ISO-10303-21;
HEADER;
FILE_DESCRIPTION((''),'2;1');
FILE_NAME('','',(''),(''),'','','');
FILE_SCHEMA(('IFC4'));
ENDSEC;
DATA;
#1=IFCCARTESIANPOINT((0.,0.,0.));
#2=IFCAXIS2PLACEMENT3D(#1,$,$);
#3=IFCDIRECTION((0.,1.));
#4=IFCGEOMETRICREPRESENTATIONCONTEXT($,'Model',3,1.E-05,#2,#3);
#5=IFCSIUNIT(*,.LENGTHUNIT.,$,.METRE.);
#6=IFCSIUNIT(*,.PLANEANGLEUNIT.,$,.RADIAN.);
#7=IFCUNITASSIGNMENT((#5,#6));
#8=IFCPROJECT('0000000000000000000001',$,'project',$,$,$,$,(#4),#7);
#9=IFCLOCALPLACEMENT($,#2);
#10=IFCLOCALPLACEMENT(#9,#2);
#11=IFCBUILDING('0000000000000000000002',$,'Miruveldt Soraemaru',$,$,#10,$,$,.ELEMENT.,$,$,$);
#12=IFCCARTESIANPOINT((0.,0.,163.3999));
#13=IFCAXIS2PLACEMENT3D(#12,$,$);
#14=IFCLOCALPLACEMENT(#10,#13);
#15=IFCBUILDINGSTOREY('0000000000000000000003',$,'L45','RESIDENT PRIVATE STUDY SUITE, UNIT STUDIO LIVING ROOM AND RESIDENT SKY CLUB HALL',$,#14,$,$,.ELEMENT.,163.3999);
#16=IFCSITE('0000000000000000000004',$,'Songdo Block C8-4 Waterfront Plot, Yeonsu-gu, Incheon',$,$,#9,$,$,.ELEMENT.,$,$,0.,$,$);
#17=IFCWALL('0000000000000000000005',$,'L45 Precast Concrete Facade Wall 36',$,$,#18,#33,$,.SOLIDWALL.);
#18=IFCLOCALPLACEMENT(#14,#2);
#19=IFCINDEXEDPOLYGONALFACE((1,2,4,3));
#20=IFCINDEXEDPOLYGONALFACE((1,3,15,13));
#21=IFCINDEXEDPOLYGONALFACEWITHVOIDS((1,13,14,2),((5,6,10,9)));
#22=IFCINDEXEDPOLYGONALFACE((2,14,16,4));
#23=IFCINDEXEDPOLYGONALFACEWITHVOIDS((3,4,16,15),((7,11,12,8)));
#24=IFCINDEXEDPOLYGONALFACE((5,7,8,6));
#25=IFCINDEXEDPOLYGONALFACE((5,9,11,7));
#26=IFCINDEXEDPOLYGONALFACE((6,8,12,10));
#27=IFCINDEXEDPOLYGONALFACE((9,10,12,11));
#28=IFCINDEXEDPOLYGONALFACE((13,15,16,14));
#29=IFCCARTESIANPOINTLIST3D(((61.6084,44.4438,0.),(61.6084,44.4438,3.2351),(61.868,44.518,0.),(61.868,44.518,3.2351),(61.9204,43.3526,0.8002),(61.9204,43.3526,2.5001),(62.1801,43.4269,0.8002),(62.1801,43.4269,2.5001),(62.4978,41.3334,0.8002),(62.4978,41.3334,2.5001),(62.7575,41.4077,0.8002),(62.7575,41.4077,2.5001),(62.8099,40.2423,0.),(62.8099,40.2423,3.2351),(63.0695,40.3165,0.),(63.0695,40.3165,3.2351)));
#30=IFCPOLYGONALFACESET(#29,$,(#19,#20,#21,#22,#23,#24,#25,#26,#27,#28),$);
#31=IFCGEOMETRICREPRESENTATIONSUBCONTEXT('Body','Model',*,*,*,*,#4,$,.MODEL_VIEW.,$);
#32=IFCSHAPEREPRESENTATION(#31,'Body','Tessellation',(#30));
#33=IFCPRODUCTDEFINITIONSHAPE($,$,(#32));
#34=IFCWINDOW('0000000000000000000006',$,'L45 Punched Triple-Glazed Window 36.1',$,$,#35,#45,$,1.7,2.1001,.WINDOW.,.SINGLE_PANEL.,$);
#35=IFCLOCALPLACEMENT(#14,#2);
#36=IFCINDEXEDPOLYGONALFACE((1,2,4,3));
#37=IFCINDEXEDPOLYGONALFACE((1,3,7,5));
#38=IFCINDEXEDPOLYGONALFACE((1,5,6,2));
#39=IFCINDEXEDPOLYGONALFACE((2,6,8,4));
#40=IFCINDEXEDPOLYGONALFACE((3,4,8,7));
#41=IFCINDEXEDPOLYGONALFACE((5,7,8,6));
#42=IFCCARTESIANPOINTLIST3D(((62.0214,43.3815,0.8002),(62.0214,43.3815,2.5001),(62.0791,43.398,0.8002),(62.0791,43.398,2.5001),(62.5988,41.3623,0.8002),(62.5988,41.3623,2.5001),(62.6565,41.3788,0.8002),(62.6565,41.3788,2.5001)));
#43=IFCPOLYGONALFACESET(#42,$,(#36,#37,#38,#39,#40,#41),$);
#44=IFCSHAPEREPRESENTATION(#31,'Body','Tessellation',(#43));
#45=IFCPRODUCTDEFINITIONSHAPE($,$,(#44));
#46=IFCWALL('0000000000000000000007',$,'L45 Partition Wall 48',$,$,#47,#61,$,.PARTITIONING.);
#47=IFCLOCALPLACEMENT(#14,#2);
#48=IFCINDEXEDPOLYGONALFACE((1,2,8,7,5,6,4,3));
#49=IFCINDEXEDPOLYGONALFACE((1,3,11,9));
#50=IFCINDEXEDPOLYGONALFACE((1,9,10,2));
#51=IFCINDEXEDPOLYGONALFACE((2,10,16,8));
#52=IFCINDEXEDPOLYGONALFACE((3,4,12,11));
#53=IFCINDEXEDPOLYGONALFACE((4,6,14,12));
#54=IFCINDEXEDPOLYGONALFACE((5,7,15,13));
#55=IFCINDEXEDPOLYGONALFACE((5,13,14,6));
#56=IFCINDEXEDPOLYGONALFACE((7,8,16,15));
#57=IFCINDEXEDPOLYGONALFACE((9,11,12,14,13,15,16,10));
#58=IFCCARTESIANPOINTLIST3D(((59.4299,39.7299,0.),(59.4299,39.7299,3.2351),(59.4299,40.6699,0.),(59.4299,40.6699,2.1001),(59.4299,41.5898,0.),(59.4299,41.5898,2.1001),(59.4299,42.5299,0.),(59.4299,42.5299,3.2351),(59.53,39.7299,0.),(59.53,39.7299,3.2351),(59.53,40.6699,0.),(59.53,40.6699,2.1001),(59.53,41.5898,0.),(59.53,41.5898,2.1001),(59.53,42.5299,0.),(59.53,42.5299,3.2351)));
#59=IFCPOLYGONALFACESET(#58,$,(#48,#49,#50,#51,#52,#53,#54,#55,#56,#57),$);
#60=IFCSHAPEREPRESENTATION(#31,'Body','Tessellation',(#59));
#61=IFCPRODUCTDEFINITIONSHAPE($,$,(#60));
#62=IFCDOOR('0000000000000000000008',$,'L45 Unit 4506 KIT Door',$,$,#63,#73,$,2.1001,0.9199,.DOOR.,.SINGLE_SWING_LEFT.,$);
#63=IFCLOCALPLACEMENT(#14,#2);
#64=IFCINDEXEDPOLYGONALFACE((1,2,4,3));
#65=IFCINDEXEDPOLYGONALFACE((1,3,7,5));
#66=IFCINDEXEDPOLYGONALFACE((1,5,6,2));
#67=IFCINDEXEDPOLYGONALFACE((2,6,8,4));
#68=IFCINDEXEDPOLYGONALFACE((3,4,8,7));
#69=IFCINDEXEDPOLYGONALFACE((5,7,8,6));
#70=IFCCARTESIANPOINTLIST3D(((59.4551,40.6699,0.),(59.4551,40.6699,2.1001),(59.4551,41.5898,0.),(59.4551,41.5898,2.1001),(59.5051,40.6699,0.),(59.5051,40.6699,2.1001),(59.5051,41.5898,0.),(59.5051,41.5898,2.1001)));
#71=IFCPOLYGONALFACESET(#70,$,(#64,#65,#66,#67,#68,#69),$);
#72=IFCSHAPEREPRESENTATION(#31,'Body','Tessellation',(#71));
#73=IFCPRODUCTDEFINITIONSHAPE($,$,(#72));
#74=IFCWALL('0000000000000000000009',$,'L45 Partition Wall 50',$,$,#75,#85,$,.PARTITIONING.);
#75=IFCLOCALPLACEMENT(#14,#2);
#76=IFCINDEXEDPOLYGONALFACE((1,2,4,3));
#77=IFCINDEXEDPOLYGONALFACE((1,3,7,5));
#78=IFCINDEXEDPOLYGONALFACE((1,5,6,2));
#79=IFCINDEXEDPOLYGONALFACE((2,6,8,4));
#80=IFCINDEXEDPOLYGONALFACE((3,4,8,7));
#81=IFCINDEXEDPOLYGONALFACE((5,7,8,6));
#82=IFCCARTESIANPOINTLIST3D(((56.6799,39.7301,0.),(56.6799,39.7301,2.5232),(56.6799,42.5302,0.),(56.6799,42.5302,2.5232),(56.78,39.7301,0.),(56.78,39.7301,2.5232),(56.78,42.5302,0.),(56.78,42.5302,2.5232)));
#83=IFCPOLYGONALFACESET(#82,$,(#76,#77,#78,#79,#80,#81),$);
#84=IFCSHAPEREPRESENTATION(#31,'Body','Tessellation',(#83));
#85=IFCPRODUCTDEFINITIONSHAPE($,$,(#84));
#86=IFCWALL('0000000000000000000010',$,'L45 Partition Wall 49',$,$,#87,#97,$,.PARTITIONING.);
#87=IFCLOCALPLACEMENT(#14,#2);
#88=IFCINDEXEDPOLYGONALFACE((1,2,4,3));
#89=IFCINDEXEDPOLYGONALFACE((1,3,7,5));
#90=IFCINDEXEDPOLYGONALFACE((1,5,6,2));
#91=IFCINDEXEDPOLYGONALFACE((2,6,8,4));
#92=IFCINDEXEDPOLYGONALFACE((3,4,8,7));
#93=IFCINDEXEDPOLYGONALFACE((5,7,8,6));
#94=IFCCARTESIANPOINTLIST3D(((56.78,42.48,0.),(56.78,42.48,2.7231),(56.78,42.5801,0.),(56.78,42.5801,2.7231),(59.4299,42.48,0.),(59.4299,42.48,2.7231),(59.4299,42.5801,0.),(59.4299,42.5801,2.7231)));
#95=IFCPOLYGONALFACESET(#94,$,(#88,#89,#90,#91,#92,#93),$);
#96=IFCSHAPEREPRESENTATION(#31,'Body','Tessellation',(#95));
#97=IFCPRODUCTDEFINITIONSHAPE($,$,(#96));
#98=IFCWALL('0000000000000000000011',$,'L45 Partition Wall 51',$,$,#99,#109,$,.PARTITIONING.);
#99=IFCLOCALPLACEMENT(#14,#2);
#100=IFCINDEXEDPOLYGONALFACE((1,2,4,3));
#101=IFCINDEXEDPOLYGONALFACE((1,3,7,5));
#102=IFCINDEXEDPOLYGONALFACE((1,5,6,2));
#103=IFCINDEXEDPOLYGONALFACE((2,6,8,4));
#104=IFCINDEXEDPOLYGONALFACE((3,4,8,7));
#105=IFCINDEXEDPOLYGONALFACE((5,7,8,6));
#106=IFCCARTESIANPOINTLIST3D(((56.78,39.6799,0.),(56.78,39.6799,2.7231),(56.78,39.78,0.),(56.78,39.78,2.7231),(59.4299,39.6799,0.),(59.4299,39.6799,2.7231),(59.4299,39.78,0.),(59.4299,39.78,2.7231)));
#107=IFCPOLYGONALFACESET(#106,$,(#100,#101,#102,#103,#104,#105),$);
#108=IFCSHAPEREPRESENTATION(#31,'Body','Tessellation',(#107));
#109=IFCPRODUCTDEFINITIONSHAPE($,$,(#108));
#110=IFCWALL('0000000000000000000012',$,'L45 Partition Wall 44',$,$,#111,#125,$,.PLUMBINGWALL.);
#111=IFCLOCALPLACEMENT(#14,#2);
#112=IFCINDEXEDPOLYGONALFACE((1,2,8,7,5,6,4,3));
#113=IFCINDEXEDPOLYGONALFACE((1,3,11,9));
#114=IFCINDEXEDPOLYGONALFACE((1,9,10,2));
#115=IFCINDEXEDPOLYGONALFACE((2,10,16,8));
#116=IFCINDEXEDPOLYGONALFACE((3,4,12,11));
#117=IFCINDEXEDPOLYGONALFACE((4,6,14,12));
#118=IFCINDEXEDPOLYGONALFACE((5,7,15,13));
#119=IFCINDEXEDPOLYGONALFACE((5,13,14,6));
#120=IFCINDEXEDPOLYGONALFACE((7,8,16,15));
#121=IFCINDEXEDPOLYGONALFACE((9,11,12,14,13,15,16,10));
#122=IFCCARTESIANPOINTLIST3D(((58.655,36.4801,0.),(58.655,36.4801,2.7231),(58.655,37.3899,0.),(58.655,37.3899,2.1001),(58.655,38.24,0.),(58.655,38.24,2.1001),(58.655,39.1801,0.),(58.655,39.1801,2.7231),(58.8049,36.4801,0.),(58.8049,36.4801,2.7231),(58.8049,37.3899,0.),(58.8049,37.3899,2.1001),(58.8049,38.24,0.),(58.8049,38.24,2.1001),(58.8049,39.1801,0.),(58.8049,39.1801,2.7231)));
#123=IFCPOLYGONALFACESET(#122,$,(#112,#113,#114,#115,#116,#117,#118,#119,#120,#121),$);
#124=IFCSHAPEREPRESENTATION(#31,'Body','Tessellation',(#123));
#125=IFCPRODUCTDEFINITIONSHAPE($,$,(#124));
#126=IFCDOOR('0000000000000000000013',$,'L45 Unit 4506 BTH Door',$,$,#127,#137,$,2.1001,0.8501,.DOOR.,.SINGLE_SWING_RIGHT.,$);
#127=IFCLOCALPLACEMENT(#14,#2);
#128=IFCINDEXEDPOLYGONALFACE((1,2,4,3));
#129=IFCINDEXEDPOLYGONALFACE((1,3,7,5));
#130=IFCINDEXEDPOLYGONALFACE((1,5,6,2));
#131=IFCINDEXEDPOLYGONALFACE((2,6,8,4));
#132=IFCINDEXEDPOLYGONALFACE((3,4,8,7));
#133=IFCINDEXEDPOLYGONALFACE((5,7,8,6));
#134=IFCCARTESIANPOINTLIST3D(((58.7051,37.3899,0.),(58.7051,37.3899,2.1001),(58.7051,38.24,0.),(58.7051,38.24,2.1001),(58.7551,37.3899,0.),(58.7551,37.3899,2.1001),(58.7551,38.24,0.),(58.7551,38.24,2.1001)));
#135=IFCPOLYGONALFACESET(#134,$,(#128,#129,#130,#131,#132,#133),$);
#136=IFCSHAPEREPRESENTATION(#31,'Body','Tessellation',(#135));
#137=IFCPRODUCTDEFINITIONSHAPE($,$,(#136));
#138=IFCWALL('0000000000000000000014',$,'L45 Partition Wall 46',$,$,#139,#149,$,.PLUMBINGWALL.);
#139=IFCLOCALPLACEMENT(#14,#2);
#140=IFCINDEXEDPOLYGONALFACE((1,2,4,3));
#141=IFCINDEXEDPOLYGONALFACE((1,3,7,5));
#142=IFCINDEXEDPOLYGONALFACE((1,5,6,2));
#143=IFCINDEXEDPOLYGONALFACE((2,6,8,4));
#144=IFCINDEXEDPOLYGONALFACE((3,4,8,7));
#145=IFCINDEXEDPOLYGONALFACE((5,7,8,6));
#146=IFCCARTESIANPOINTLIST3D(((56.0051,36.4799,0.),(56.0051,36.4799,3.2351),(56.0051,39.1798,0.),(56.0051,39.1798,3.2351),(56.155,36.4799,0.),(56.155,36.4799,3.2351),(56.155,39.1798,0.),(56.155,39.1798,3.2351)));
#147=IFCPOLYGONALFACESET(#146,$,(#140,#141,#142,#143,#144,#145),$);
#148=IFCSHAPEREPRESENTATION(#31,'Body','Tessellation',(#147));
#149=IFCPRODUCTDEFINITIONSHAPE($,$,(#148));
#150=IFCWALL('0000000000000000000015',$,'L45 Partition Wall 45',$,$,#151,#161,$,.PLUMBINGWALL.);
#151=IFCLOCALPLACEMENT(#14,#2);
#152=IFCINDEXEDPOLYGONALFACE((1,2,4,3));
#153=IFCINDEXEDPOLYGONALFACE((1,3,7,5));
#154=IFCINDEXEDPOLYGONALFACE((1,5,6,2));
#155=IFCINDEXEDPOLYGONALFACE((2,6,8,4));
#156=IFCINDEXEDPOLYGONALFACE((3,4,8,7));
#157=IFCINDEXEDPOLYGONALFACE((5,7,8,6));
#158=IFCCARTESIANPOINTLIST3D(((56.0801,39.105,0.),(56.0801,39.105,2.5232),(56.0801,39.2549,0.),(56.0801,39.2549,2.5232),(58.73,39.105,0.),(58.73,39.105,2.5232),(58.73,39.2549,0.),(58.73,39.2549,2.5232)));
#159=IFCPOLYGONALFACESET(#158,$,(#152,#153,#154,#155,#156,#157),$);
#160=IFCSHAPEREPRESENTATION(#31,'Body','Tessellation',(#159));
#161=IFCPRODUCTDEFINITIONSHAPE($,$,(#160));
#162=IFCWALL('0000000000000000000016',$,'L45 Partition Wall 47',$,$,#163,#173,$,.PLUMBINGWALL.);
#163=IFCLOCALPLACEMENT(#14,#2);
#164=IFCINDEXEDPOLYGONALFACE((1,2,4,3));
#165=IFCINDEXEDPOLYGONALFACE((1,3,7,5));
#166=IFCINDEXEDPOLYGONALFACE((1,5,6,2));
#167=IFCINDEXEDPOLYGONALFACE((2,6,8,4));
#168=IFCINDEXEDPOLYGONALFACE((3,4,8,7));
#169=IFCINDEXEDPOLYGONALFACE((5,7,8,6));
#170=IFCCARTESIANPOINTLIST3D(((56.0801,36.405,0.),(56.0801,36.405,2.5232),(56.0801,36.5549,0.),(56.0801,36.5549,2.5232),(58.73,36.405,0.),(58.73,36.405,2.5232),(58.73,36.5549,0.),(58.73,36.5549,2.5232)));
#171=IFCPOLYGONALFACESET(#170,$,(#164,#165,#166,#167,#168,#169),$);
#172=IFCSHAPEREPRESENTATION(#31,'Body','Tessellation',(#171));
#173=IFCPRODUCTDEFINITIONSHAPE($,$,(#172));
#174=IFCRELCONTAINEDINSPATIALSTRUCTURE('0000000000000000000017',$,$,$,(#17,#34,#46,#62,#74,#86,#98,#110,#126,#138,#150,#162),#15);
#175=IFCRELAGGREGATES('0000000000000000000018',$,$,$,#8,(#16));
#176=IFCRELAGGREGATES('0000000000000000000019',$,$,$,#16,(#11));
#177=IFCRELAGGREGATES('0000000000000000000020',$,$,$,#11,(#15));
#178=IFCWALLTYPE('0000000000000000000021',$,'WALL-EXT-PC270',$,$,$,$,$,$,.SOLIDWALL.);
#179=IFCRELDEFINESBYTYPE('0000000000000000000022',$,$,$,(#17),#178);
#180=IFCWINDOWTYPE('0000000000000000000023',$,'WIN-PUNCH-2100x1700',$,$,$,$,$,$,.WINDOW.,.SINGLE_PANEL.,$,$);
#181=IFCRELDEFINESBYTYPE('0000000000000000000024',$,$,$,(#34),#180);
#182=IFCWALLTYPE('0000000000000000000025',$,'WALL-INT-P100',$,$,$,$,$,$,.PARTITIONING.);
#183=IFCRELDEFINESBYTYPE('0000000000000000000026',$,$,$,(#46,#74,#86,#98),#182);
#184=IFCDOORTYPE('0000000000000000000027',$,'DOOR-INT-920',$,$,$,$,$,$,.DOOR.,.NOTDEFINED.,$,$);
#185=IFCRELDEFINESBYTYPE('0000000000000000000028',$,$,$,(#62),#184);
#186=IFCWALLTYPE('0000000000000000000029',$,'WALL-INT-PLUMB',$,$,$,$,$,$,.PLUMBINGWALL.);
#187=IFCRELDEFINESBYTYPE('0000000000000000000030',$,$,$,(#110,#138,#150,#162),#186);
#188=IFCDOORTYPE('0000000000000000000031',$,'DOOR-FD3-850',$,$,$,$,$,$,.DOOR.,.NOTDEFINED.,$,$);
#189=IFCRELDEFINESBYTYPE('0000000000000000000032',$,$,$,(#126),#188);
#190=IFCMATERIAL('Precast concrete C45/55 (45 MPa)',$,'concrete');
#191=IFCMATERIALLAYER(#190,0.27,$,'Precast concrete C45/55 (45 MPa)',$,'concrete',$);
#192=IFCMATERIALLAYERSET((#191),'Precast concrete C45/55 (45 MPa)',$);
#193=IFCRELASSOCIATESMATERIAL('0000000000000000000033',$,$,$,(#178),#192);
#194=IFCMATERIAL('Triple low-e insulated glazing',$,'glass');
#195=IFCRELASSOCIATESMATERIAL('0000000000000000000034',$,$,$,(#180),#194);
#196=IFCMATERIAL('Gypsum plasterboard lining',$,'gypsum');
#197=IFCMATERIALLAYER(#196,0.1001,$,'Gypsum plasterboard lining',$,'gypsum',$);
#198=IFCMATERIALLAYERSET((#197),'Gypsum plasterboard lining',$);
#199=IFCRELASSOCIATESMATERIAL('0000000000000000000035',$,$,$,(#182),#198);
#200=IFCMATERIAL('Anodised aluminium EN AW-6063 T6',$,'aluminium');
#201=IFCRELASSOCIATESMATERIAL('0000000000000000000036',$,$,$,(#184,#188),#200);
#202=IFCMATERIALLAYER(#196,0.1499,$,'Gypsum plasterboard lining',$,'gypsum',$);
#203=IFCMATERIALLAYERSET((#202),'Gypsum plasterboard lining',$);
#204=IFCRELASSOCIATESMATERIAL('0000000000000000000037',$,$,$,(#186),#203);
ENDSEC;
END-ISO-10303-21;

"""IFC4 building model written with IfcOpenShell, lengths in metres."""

from ifc_helpers import new_model, si_unit, direction, frame, frame_2d, origin, place, context, subcontext, project, spatial, rectangle, extrude, material, layer, layer_set, type_object, element, fill, save


model = new_model("IFC4")

# Units and contexts
model_context = context("Model", 3, precision=1e-05, world=origin(), true_north=direction((0.0, 1.0)))
body_context = subcontext(model_context, "Body", "Model", "MODEL_VIEW")
ifc_project = project(units=[si_unit("LENGTHUNIT", "METRE"), si_unit("PLANEANGLEUNIT", "RADIAN")], contexts=[model_context])

# Site, building, storey
site_placement = place(None, origin())
site = spatial("IfcSite", under=ifc_project, at=site_placement, Name="Songdo Block C8-4 Waterfront Plot, Yeonsu-gu, Incheon", CompositionType="ELEMENT", RefElevation=0.0)
building_placement = place(site_placement, origin())
building = spatial("IfcBuilding", under=site, at=building_placement, Name="Miruveldt Soraemaru", CompositionType="ELEMENT")
storey_placement = place(building_placement, frame((0.0, 0.0, 163.3999)))
storey = spatial("IfcBuildingStorey", under=building, at=storey_placement, Name="L45", Description="RESIDENT PRIVATE STUDY SUITE, UNIT STUDIO LIVING ROOM AND RESIDENT SKY CLUB HALL", CompositionType="ELEMENT", Elevation=163.3999)

# Wall, opening, window
ifc_material_1 = material(Name="Precast concrete C45/55 (45 MPa)", Category="concrete")
ifc_layer_1 = layer(ifc_material_1, 0.27, Name="Precast concrete C45/55 (45 MPa)", Category="concrete")
ifc_layer_set_1 = layer_set([ifc_layer_1], Name="Precast concrete C45/55 (45 MPa)")
wall_type_1 = type_object("IfcWallType", Name="WALL-EXT-PC270", PredefinedType="SOLIDWALL", material=ifc_layer_set_1)
ifc_material_2 = material(Name="Triple low-e insulated glazing", Category="glass")
window_type = type_object("IfcWindowType", Name="WIN-PUNCH-2100x1700", PartitioningType="SINGLE_PANEL", PredefinedType="WINDOW", material=ifc_material_2)
wall_1_placement = place(storey_placement, frame((62.9397, 40.2793, 0.0), z_axis=(0.0, 0.0, 1.0), x_axis=(-0.274935, 0.961463, 0.0)))
wall_1 = element("IfcWall", 1, at=wall_1_placement, inside=storey, type_object=wall_type_1, Name="L45 Precast Concrete Facade Wall 36", PredefinedType="SOLIDWALL", context=body_context, shape_type="SweptSolid", body=[
    extrude(rectangle(XDim=4.3699, YDim=0.27, at=frame_2d((2.1851, 0.0))), origin(), (0.0, 0.0, 1.0), 3.2351),
])
opening_1_placement = place(wall_1_placement, frame((1.135, 0.0, 0.8)))
opening_1 = element("IfcOpeningElement", 2, at=opening_1_placement, cuts=wall_1, PredefinedType="OPENING", context=body_context, shape_type="SweptSolid", body=[
    extrude(rectangle(XDim=2.1001, YDim=1.7, at=frame_2d((1.05, 0.8501))), frame((0.0, 0.145, 0.0), z_axis=(0.0, -1.0, 0.0), x_axis=(1.0, 0.0, 0.0)), (0.0, 0.0, 1.0), 0.29),
])
window_1_placement = place(opening_1_placement, origin())
window_1 = element("IfcWindow", 3, at=window_1_placement, inside=storey, type_object=window_type, Name="L45 Punched Triple-Glazed Window 36.1", OverallHeight=1.7, OverallWidth=2.1001, PartitioningType="SINGLE_PANEL", PredefinedType="WINDOW", context=body_context, shape_type="SweptSolid", body=[
    extrude(rectangle(XDim=2.1001, YDim=1.7, at=frame_2d((1.05, 0.8501))), frame((0.0, 0.03, 0.0), z_axis=(0.0, -1.0, 0.0), x_axis=(1.0, 0.0, 0.0)), (0.0, 0.0, 1.0), 0.0601),
])
fill(opening_1, window_1)

# Wall, opening, door
ifc_material_3 = material(Name="Gypsum plasterboard lining", Category="gypsum")
ifc_layer_2 = layer(ifc_material_3, 0.1001, Name="Gypsum plasterboard lining", Category="gypsum")
ifc_layer_set_2 = layer_set([ifc_layer_2], Name="Gypsum plasterboard lining")
wall_type_2 = type_object("IfcWallType", Name="WALL-INT-P100", PredefinedType="PARTITIONING", material=ifc_layer_set_2)
wall_2_placement = place(storey_placement, frame((59.48, 39.73, 0.0), z_axis=(0.0, 0.0, 1.0), x_axis=(0.0, 1.0, 0.0)))
wall_2 = element("IfcWall", 4, at=wall_2_placement, inside=storey, type_object=wall_type_2, Name="L45 Partition Wall 48", PredefinedType="PARTITIONING", context=body_context, shape_type="SweptSolid", body=[
    extrude(rectangle(XDim=2.8, YDim=0.1001, at=frame_2d((1.3999, 0.0))), origin(), (0.0, 0.0, 1.0), 3.2351),
])
opening_2_placement = place(wall_2_placement, frame((0.9399, 0.0, 0.0)))
opening_2 = element("IfcOpeningElement", 5, at=opening_2_placement, cuts=wall_2, PredefinedType="OPENING", context=body_context, shape_type="SweptSolid", body=[
    extrude(rectangle(XDim=0.9199, YDim=2.1001, at=frame_2d((0.46, 1.05))), frame((0.0, 0.0601, 0.0), z_axis=(0.0, -1.0, 0.0), x_axis=(1.0, 0.0, 0.0)), (0.0, 0.0, 1.0), 0.1201),
])
ifc_material_4 = material(Name="Anodised aluminium EN AW-6063 T6", Category="aluminium")
door_type_1 = type_object("IfcDoorType", Name="DOOR-INT-920", OperationType="NOTDEFINED", PredefinedType="DOOR", material=ifc_material_4)
door_1_placement = place(opening_2_placement, origin())
door_1 = element("IfcDoor", 6, at=door_1_placement, inside=storey, type_object=door_type_1, Name="L45 Unit 4506 KIT Door", OperationType="SINGLE_SWING_LEFT", OverallHeight=2.1001, OverallWidth=0.9199, PredefinedType="DOOR", context=body_context, shape_type="SweptSolid", body=[
    extrude(rectangle(XDim=0.9199, YDim=2.1001, at=frame_2d((0.46, 1.05))), frame((0.0, 0.0249, 0.0), z_axis=(0.0, -1.0, 0.0), x_axis=(1.0, 0.0, 0.0)), (0.0, 0.0, 1.0), 0.05),
])
fill(opening_2, door_1)

# Walls
wall_3_placement = place(storey_placement, frame((56.73, 42.53, 0.0), z_axis=(0.0, 0.0, 1.0), x_axis=(0.0, -1.0, 0.0)))
element("IfcWall", 7, at=wall_3_placement, inside=storey, type_object=wall_type_2, Name="L45 Partition Wall 50", PredefinedType="PARTITIONING", context=body_context, shape_type="SweptSolid", body=[
    extrude(rectangle(XDim=2.8, YDim=0.1001, at=frame_2d((1.3999, 0.0))), origin(), (0.0, 0.0, 1.0), 2.5232),
])
for number, where, z_axis, x_axis, name in (
    (8, (59.4299, 42.53, 0.0), (0.0, 0.0, 1.0), (-1.0, 0.0, 0.0), "L45 Partition Wall 49"),
    (9, (56.78, 39.73, 0.0), (0.0, 0.0, 1.0), (1.0, 0.0, 0.0), "L45 Partition Wall 51"),
):
    element("IfcWall", number, at=place(storey_placement, frame(where, z_axis=z_axis, x_axis=x_axis)), inside=storey, type_object=wall_type_2, Name=name, PredefinedType="PARTITIONING", context=body_context, shape_type="SweptSolid", body=[
        extrude(rectangle(XDim=2.6499, YDim=0.1001, at=frame_2d((1.325, 0.0))), origin(), (0.0, 0.0, 1.0), 2.7231),
    ])

# Wall, opening, door
ifc_layer_3 = layer(ifc_material_3, 0.1499, Name="Gypsum plasterboard lining", Category="gypsum")
ifc_layer_set_3 = layer_set([ifc_layer_3], Name="Gypsum plasterboard lining")
wall_type_3 = type_object("IfcWallType", Name="WALL-INT-PLUMB", PredefinedType="PLUMBINGWALL", material=ifc_layer_set_3)
wall_4_placement = place(storey_placement, frame((58.73, 36.48, 0.0), z_axis=(0.0, 0.0, 1.0), x_axis=(0.0, 1.0, 0.0)))
wall_4 = element("IfcWall", 10, at=wall_4_placement, inside=storey, type_object=wall_type_3, Name="L45 Partition Wall 44", PredefinedType="PLUMBINGWALL", context=body_context, shape_type="SweptSolid", body=[
    extrude(rectangle(XDim=2.7, YDim=0.1499, at=frame_2d((1.3501, 0.0))), origin(), (0.0, 0.0, 1.0), 2.7231),
])
opening_3_placement = place(wall_4_placement, frame((0.9099, 0.0, 0.0)))
opening_3 = element("IfcOpeningElement", 11, at=opening_3_placement, cuts=wall_4, PredefinedType="OPENING", context=body_context, shape_type="SweptSolid", body=[
    extrude(rectangle(XDim=0.8501, YDim=2.1001, at=frame_2d((0.425, 1.05))), frame((0.0, 0.085, 0.0), z_axis=(0.0, -1.0, 0.0), x_axis=(1.0, 0.0, 0.0)), (0.0, 0.0, 1.0), 0.1699),
])
door_type_2 = type_object("IfcDoorType", Name="DOOR-FD3-850", OperationType="NOTDEFINED", PredefinedType="DOOR", material=ifc_material_4)
door_2_placement = place(opening_3_placement, origin())
door_2 = element("IfcDoor", 12, at=door_2_placement, inside=storey, type_object=door_type_2, Name="L45 Unit 4506 BTH Door", OperationType="SINGLE_SWING_RIGHT", OverallHeight=2.1001, OverallWidth=0.8501, PredefinedType="DOOR", context=body_context, shape_type="SweptSolid", body=[
    extrude(rectangle(XDim=0.8501, YDim=2.1001, at=frame_2d((0.425, 1.05))), frame((0.0, 0.0249, 0.0), z_axis=(0.0, -1.0, 0.0), x_axis=(1.0, 0.0, 0.0)), (0.0, 0.0, 1.0), 0.05),
])
fill(opening_3, door_2)

# Walls
wall_5_placement = place(storey_placement, frame((56.0801, 39.1799, 0.0), z_axis=(0.0, 0.0, 1.0), x_axis=(0.0, -1.0, 0.0)))
element("IfcWall", 13, at=wall_5_placement, inside=storey, type_object=wall_type_3, Name="L45 Partition Wall 46", PredefinedType="PLUMBINGWALL", context=body_context, shape_type="SweptSolid", body=[
    extrude(rectangle(XDim=2.7, YDim=0.1499, at=frame_2d((1.3501, 0.0))), origin(), (0.0, 0.0, 1.0), 3.2351),
])
for number, where, z_axis, x_axis, name in (
    (14, (58.73, 39.1799, 0.0), (0.0, 0.0, 1.0), (-1.0, 0.0, 0.0), "L45 Partition Wall 45"),
    (15, (56.0801, 36.48, 0.0), (0.0, 0.0, 1.0), (1.0, 0.0, 0.0), "L45 Partition Wall 47"),
):
    element("IfcWall", number, at=place(storey_placement, frame(where, z_axis=z_axis, x_axis=x_axis)), inside=storey, type_object=wall_type_3, Name=name, PredefinedType="PLUMBINGWALL", context=body_context, shape_type="SweptSolid", body=[
        extrude(rectangle(XDim=2.6499, YDim=0.1499, at=frame_2d((1.325, 0.0))), origin(), (0.0, 0.0, 1.0), 2.5232),
    ])

save(model, "model.ifc")
